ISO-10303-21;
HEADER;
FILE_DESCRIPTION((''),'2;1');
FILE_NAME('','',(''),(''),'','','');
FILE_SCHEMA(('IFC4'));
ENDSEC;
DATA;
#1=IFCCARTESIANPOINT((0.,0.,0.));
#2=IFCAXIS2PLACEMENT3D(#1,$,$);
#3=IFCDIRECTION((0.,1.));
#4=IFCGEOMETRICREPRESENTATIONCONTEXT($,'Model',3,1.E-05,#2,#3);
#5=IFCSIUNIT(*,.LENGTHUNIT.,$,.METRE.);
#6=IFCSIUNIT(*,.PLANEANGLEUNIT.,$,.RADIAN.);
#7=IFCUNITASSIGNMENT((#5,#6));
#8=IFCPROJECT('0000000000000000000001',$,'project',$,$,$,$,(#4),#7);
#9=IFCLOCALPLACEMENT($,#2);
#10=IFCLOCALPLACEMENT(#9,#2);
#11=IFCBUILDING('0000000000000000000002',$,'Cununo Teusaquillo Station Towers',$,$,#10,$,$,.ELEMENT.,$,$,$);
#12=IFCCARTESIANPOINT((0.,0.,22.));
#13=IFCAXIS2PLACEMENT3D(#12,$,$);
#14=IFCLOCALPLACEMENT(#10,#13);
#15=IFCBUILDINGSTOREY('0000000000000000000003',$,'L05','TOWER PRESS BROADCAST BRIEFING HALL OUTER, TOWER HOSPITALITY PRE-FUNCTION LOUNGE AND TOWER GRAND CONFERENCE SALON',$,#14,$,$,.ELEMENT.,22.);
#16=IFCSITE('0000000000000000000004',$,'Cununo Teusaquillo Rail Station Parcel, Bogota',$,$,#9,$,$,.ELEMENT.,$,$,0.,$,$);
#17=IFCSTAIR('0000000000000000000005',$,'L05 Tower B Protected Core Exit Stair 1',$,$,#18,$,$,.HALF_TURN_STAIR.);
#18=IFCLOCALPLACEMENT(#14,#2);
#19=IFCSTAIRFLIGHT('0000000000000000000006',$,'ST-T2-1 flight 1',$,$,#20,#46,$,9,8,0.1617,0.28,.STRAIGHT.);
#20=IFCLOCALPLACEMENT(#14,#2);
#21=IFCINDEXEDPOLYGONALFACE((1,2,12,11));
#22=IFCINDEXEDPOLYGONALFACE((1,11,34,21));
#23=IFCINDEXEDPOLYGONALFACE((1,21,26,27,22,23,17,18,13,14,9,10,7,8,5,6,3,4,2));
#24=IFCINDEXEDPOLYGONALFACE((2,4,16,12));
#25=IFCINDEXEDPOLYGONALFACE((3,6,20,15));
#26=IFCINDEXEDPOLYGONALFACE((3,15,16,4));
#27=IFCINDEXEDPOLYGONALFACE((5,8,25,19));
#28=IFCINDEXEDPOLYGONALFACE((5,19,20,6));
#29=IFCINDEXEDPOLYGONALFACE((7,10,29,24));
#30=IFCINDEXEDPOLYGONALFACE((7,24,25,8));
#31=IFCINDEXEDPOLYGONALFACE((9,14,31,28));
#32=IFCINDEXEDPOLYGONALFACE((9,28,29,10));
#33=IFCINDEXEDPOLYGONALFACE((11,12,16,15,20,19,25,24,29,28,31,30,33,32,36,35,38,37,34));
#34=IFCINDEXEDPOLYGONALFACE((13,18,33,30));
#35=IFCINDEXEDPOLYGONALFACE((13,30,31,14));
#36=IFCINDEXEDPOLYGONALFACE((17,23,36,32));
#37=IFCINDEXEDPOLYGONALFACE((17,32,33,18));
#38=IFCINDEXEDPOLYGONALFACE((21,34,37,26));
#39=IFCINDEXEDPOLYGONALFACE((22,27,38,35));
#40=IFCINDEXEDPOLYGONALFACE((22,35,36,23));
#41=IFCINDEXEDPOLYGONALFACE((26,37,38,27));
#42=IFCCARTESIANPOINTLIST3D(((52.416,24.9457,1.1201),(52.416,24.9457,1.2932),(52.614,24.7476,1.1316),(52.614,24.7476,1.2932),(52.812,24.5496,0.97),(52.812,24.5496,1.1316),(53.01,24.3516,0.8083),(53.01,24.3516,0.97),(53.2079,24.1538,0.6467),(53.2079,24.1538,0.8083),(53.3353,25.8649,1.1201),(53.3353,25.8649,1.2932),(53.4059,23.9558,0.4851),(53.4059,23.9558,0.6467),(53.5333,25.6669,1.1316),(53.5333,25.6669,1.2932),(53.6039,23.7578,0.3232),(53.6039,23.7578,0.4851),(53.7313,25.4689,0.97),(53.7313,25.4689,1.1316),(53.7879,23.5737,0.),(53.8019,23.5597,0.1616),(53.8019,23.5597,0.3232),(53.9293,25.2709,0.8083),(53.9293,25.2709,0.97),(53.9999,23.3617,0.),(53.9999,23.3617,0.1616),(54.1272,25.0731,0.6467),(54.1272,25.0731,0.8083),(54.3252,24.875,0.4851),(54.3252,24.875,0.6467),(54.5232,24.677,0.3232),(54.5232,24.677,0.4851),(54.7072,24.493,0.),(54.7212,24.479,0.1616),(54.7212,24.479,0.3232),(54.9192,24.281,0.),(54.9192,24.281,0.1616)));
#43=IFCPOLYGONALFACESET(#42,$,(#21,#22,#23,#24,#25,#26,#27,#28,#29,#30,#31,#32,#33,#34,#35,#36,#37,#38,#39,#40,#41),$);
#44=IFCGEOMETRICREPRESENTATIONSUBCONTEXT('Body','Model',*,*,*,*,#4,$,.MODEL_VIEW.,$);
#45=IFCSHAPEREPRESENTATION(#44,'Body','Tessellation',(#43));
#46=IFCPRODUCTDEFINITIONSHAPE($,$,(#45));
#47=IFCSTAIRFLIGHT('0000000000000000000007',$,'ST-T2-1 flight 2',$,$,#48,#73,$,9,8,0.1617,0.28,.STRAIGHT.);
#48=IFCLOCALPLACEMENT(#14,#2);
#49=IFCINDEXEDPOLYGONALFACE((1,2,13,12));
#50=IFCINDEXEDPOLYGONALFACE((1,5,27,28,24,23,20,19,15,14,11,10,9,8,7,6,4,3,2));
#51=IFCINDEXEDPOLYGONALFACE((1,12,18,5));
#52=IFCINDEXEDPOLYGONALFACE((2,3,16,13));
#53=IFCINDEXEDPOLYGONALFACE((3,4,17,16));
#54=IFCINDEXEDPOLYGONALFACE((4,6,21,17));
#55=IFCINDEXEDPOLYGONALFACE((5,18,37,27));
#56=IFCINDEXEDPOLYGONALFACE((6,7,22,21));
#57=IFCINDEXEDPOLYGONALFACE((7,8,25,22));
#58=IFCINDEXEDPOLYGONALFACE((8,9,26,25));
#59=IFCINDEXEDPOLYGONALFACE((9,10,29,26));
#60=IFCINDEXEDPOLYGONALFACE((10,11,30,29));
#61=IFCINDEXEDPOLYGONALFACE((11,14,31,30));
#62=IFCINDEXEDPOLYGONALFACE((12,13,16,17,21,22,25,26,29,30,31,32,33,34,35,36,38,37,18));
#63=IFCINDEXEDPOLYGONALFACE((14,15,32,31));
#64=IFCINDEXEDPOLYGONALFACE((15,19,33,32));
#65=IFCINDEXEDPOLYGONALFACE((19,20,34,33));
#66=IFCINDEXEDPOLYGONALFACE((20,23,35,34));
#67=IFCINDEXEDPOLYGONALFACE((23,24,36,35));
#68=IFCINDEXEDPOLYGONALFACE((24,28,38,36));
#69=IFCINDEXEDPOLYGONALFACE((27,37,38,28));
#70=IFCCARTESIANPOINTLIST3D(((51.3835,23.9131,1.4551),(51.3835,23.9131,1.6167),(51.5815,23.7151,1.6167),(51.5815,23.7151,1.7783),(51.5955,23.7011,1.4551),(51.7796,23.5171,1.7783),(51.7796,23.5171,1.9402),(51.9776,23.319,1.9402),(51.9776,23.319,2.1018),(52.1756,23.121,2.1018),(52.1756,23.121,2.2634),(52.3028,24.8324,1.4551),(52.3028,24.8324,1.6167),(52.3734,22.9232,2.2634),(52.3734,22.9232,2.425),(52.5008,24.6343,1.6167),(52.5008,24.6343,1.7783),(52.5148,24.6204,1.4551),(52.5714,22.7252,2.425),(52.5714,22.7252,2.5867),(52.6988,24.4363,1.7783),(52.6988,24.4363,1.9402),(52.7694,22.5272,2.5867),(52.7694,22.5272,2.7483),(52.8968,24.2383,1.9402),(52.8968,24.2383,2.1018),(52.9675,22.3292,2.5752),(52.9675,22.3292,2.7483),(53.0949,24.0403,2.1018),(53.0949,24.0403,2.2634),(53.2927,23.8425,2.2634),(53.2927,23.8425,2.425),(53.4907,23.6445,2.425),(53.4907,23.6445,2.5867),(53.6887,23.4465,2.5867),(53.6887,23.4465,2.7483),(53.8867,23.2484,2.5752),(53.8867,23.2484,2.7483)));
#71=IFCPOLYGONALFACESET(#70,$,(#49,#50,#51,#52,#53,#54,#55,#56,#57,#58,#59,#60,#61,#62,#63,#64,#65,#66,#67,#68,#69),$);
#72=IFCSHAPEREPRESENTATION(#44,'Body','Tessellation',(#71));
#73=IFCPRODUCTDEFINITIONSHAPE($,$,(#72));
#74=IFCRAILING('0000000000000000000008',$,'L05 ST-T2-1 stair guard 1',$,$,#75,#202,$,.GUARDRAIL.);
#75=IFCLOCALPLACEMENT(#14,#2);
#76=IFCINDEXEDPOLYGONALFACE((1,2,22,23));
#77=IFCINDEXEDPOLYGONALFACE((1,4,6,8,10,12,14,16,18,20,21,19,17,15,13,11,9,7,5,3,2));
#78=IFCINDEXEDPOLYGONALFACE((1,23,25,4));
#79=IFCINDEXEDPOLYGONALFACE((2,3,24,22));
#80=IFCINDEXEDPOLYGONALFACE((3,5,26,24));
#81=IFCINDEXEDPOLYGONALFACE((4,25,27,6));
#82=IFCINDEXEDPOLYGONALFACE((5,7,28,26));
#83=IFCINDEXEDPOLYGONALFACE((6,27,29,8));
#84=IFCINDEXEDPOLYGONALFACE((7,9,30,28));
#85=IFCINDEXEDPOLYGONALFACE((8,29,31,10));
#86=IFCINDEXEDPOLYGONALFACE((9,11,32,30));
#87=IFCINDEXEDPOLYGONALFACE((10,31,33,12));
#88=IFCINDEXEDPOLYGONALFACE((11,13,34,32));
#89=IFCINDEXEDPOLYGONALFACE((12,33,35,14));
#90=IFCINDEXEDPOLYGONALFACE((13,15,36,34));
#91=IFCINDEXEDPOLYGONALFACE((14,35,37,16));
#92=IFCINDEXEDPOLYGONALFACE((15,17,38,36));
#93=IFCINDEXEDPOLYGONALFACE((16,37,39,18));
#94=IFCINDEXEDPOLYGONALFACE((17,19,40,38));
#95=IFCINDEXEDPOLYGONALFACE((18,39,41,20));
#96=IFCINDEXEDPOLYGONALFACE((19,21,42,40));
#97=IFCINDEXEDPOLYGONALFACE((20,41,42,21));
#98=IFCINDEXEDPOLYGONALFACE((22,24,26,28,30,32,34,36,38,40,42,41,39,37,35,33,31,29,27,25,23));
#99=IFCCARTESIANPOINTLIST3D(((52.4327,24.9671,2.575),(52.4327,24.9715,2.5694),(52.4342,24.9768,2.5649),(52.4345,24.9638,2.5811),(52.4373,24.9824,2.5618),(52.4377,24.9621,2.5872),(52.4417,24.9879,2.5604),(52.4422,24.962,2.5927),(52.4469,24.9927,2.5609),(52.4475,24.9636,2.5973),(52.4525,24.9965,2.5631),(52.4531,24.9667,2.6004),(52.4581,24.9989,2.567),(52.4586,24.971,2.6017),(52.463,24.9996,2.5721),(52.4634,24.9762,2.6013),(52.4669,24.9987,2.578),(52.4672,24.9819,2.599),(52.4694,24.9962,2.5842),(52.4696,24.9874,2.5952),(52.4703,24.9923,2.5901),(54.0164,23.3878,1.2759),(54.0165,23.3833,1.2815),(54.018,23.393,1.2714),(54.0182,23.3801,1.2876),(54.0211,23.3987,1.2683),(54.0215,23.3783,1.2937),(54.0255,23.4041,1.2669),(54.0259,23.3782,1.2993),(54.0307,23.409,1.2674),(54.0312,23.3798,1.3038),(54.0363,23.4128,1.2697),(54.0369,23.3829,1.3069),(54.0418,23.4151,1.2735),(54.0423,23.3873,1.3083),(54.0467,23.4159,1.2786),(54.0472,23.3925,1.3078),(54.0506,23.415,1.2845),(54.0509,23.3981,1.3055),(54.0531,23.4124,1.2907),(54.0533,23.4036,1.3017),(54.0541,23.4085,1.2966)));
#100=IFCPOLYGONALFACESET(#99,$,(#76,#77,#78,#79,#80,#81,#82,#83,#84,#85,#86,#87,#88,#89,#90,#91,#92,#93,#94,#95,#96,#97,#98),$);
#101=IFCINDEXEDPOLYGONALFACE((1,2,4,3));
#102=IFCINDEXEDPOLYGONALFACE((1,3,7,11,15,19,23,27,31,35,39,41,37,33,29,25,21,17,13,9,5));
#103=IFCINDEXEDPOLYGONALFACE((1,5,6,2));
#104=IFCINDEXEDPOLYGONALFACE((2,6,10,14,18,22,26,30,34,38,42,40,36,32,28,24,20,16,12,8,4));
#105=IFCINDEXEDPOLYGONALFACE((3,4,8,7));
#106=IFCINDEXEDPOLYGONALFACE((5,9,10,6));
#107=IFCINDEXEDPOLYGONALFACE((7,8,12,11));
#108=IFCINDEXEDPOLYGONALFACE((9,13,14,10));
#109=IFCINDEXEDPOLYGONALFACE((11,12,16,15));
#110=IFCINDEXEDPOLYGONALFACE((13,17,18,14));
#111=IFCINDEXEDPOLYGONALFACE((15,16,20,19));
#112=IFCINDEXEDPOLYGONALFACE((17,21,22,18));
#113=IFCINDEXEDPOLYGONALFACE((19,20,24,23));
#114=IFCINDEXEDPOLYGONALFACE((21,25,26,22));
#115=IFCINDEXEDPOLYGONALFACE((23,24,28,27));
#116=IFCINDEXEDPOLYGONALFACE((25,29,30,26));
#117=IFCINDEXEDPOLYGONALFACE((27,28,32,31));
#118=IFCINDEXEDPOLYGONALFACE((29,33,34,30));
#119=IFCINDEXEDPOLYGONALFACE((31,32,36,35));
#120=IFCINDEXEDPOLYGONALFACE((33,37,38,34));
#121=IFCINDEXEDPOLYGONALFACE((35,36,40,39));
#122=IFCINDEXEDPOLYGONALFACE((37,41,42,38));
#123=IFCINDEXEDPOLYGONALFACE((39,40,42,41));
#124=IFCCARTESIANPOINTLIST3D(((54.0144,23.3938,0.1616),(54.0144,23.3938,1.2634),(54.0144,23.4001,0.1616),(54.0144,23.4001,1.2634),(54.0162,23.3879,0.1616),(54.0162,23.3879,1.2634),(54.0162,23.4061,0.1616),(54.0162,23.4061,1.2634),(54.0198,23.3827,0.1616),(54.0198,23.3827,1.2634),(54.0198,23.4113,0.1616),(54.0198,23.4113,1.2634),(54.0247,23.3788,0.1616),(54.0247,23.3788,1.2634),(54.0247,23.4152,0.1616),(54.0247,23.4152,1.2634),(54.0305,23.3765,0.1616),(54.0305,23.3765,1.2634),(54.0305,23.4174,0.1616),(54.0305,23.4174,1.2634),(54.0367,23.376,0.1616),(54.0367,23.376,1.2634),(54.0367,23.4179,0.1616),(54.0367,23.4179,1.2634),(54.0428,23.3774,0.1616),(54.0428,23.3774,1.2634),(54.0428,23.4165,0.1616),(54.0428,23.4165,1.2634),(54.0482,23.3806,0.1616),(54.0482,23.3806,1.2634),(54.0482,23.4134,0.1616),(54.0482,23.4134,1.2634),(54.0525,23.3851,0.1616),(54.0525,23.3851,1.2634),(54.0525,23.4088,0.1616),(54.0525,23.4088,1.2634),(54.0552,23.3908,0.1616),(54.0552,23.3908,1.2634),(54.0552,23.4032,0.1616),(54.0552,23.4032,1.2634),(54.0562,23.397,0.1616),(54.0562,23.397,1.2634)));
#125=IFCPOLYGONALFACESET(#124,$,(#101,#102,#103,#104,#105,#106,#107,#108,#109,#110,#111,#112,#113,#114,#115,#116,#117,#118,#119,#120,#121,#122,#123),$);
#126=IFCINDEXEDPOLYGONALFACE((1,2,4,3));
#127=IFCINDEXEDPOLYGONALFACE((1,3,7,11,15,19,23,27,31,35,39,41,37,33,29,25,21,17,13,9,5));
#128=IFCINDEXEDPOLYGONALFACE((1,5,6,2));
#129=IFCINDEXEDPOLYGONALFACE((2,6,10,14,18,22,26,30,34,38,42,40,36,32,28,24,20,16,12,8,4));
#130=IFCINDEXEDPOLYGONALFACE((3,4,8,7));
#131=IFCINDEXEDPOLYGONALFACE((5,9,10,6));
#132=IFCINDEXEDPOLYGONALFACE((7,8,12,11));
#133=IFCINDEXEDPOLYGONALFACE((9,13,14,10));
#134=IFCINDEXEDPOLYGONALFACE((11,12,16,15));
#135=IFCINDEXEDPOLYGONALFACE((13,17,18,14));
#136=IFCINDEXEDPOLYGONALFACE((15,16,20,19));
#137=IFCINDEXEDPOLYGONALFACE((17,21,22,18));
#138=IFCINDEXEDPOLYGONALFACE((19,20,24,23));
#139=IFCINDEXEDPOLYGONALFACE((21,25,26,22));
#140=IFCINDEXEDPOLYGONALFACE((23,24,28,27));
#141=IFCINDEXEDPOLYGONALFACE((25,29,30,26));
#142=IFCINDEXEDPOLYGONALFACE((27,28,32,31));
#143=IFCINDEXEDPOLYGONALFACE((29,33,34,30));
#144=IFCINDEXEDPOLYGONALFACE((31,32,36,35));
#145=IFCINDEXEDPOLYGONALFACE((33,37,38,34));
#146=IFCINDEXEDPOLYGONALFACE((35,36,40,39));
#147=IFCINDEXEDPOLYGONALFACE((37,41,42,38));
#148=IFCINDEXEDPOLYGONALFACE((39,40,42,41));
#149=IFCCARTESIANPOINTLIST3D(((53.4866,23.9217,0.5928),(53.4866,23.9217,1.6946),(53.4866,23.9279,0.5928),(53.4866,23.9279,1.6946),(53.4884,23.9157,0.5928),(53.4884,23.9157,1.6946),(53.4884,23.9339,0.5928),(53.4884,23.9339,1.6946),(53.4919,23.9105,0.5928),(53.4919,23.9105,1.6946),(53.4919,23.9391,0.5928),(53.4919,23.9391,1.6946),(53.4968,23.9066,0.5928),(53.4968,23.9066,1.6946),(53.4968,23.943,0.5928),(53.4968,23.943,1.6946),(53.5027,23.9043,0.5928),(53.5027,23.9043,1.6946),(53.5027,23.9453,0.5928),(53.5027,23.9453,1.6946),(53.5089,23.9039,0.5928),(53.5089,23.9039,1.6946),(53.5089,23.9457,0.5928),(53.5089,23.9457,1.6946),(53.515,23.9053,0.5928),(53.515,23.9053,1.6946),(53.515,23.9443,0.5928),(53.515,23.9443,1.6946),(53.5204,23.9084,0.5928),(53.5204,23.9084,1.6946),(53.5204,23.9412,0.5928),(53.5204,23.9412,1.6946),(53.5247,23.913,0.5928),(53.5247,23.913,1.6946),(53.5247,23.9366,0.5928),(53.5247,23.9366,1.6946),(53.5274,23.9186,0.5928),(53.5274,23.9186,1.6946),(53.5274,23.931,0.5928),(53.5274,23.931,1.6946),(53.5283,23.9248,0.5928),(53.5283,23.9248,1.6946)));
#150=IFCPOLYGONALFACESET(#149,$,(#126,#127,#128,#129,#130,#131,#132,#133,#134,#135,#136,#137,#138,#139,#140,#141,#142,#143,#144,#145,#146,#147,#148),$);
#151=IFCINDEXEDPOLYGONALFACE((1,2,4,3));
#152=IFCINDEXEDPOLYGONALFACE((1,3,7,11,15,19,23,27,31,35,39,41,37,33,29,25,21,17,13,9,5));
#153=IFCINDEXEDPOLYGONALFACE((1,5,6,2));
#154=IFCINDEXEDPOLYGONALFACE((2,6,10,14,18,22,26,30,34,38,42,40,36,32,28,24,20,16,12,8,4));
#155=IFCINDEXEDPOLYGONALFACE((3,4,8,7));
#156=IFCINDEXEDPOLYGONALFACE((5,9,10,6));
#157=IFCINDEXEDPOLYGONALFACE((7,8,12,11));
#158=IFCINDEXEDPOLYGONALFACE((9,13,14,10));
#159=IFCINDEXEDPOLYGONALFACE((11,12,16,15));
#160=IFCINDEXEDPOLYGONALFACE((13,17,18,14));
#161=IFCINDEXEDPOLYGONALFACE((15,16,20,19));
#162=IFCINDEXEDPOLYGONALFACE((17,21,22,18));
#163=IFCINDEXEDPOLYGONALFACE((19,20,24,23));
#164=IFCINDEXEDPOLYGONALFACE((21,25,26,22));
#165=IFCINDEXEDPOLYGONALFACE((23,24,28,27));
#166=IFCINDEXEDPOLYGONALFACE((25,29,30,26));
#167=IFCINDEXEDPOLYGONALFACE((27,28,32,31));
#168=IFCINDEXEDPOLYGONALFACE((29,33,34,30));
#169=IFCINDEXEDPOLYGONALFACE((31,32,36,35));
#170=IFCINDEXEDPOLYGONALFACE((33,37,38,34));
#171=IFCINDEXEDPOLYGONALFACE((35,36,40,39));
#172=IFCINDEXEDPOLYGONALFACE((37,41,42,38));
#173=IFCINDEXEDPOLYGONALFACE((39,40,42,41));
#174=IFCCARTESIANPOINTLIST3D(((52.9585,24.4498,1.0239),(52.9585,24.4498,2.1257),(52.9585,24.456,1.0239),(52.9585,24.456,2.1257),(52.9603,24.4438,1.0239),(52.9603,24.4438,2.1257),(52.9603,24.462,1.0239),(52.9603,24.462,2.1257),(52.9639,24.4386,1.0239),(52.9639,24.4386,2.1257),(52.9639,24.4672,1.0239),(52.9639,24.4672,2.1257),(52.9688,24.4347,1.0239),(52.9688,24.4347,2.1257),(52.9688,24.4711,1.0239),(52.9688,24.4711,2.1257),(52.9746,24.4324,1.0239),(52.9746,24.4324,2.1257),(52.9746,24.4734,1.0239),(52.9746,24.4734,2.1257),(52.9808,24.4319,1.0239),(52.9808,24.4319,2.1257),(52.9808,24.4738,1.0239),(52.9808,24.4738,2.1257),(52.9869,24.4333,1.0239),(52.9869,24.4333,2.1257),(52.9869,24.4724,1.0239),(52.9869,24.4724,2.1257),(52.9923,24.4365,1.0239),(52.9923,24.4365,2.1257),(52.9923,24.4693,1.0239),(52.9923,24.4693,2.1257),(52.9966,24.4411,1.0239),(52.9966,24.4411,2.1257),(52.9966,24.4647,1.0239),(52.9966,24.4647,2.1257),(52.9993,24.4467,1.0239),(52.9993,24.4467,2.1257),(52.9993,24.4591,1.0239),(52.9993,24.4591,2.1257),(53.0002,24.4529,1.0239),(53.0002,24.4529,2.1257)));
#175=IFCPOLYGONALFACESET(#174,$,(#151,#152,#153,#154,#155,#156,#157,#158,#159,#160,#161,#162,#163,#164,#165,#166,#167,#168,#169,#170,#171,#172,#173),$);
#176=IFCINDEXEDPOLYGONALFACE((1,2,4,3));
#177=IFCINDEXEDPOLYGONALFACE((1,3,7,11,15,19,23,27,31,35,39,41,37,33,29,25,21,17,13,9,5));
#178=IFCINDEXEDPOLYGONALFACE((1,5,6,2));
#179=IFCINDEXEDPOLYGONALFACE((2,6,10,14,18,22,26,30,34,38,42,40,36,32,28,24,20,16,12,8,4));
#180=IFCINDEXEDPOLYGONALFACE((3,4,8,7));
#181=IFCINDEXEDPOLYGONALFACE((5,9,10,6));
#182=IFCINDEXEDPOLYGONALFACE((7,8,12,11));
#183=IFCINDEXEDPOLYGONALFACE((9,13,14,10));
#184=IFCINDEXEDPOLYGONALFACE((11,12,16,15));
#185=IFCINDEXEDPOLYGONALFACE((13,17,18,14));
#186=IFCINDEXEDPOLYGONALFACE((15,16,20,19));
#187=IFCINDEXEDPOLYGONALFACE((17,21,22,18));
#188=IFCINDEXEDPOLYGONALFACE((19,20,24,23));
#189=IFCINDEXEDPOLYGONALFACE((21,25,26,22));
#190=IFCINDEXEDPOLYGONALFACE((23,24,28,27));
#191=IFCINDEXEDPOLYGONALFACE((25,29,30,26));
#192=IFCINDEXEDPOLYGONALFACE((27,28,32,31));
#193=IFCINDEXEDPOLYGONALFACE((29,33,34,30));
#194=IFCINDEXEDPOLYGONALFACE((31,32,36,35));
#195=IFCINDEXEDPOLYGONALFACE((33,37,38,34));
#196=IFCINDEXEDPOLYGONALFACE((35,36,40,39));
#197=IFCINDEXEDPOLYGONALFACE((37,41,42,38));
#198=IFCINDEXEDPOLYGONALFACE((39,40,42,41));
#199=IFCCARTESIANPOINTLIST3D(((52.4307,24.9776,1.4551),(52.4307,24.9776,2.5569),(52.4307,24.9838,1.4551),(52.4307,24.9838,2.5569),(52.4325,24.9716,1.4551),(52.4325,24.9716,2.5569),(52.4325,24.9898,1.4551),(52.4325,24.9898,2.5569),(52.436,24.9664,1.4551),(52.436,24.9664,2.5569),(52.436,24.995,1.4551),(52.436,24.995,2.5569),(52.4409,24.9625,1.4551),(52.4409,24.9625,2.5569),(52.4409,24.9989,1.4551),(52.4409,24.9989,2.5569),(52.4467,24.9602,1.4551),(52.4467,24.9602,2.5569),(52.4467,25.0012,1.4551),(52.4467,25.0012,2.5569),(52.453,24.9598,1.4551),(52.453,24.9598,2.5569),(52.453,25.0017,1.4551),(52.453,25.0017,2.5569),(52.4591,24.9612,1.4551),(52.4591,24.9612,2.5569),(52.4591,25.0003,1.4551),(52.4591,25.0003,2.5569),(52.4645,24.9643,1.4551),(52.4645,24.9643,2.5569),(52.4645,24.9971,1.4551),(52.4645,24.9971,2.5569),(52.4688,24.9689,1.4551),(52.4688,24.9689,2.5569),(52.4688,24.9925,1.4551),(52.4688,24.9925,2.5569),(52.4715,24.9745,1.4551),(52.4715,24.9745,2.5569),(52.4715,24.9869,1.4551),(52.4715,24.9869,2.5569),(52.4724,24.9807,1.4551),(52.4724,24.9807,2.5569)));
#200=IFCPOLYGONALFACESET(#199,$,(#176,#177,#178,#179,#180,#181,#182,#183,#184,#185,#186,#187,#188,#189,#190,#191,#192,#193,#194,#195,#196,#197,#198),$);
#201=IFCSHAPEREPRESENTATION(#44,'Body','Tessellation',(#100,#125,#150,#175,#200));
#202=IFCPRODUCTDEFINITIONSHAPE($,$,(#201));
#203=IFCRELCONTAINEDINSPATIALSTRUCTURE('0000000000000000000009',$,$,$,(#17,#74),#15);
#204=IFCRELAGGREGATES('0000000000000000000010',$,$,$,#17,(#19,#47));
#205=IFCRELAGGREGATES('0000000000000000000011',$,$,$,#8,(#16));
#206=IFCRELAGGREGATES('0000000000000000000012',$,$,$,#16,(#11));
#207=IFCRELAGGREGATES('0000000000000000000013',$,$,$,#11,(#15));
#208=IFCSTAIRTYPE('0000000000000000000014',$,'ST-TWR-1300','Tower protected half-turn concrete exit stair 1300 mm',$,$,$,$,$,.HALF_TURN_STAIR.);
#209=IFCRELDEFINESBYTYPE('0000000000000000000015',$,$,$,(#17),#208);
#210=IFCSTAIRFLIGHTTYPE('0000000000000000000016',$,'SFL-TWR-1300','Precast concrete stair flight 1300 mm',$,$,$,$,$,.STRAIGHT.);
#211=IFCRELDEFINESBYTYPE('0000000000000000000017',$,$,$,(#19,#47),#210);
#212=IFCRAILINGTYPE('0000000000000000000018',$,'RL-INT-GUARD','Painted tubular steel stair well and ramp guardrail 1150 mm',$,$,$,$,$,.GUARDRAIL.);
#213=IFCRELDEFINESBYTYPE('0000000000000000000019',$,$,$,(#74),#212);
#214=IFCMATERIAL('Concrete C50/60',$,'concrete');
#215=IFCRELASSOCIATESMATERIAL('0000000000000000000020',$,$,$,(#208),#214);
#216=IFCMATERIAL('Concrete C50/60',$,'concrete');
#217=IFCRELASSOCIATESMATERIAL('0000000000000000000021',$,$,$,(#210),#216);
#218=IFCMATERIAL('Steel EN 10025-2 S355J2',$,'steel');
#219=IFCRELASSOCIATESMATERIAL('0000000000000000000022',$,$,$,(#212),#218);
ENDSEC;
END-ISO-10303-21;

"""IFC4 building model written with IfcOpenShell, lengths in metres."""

from ifc_helpers import new_model, si_unit, direction, frame, origin, origin_2d, place, context, subcontext, project, spatial, polyline, circle, outline, extrude, material, type_object, element, aggregate, save


model = new_model("IFC4")

# Units and contexts
model_context = context("Model", 3, precision=1e-05, world=origin(), true_north=direction((0.0, 1.0)))
body_context = subcontext(model_context, "Body", "Model", "MODEL_VIEW")
ifc_project = project(units=[si_unit("LENGTHUNIT", "METRE"), si_unit("PLANEANGLEUNIT", "RADIAN")], contexts=[model_context])

# Site, building, storey
site_placement = place(None, origin())
site = spatial("IfcSite", under=ifc_project, at=site_placement, Name="Cununo Teusaquillo Rail Station Parcel, Bogota", CompositionType="ELEMENT", RefElevation=0.0)
building_placement = place(site_placement, origin())
building = spatial("IfcBuilding", under=site, at=building_placement, Name="Cununo Teusaquillo Station Towers", CompositionType="ELEMENT")
storey_placement = place(building_placement, frame((0.0, 0.0, 22.0)))
storey = spatial("IfcBuildingStorey", under=building, at=storey_placement, Name="L05", Description="TOWER PRESS BROADCAST BRIEFING HALL OUTER, TOWER HOSPITALITY PRE-FUNCTION LOUNGE AND TOWER GRAND CONFERENCE SALON", CompositionType="ELEMENT", Elevation=22.0)

# Stair, stair flights
ifc_material_1 = material(Name="Concrete C50/60", Category="concrete")
stair_type = type_object("IfcStairType", Name="ST-TWR-1300", Description="Tower protected half-turn concrete exit stair 1300 mm", PredefinedType="HALF_TURN_STAIR", material=ifc_material_1)
stair_placement = place(storey_placement, origin())
stair = element("IfcStair", 1, at=stair_placement, inside=storey, type_object=stair_type, Name="L05 Tower B Protected Core Exit Stair 1", PredefinedType="HALF_TURN_STAIR")
ifc_material_2 = material(Name="Concrete C50/60", Category="concrete")
stair_flight_type = type_object("IfcStairFlightType", Name="SFL-TWR-1300", Description="Precast concrete stair flight 1300 mm", PredefinedType="STRAIGHT", material=ifc_material_2)
stair_flight_1_placement = place(storey_placement, frame((54.4595, 23.8213, 0.0), z_axis=(0.0, 0.0, 1.0), x_axis=(-0.707107, 0.707107, 0.0)))
stair_flight_1 = element("IfcStairFlight", 2, at=stair_flight_1_placement, type_object=stair_flight_type, Name="ST-T2-1 flight 1", NumberOfRisers=9, NumberOfTreads=8, PredefinedType="STRAIGHT", RiserHeight=0.1617, TreadLength=0.28, context=body_context, shape_type="SweptSolid", body=[
    extrude(outline(polyline([(0.0, 0.0), (0.0, 0.1616), (0.28, 0.1616), (0.28, 0.3232), (0.5601, 0.3232), (0.5601, 0.4851), (0.8401, 0.4851), (0.8401, 0.6467), (1.1201, 0.6467), (1.1201, 0.8083), (1.3999, 0.8083), (1.3999, 0.97), (1.6799, 0.97), (1.6799, 1.1316), (1.96, 1.1316), (1.96, 1.2932), (2.24, 1.2932), (2.24, 1.4551), (2.24, 1.1201), (0.2998, 0.0), (0.0, 0.0)])), frame((0.0, 0.6499, 0.0), z_axis=(0.0, -1.0, 0.0), x_axis=(1.0, 0.0, 0.0)), (0.0, 0.0, 1.0), 1.3),
])
stair_flight_2_placement = place(storey_placement, frame((51.8433, 24.3728, 1.4551), z_axis=(0.0, 0.0, 1.0), x_axis=(0.707107, -0.707107, 0.0)))
stair_flight_2 = element("IfcStairFlight", 3, at=stair_flight_2_placement, type_object=stair_flight_type, Name="ST-T2-1 flight 2", NumberOfRisers=9, NumberOfTreads=8, PredefinedType="STRAIGHT", RiserHeight=0.1617, TreadLength=0.28, context=body_context, shape_type="SweptSolid", body=[
    extrude(outline(polyline([(0.0, 0.0), (0.0, 0.1616), (0.28, 0.1616), (0.28, 0.3232), (0.5601, 0.3232), (0.5601, 0.4851), (0.8401, 0.4851), (0.8401, 0.6467), (1.1201, 0.6467), (1.1201, 0.8083), (1.3999, 0.8083), (1.3999, 0.97), (1.6799, 0.97), (1.6799, 1.1316), (1.96, 1.1316), (1.96, 1.2932), (2.24, 1.2932), (2.24, 1.4551), (2.24, 1.1201), (0.2998, 0.0), (0.0, 0.0)])), frame((0.0, 0.6499, 0.0), z_axis=(0.0, -1.0, 0.0), x_axis=(1.0, 0.0, 0.0)), (0.0, 0.0, 1.0), 1.3),
])
aggregate(stair, [stair_flight_1, stair_flight_2])

# Railing
ifc_material_3 = material(Name="Steel EN 10025-2 S355J2", Category="steel")
railing_type_1 = type_object("IfcRailingType", Name="RL-INT-GUARD", Description="Painted tubular steel stair well and ramp guardrail 1150 mm", PredefinedType="GUARDRAIL", material=ifc_material_3)
railing_1_placement = place(storey_placement, frame((54.0352, 23.397, 0.1616)))
element("IfcRailing", 4, at=railing_1_placement, inside=storey, type_object=railing_type_1, Name="L05 ST-T2-1 stair guard 1", PredefinedType="GUARDRAIL", context=body_context, shape_type="SweptSolid", body=[
    extrude(circle(Radius=0.0239, at=origin_2d()), frame((0.0, 0.0, 1.126), z_axis=(-0.612332, 0.612332, 0.500098), x_axis=(-0.707107, -0.707107, 0.0)), (0.0, 0.0, 1.0), 2.5864),
    extrude(circle(Radius=0.021, at=origin_2d()), origin(), (0.0, 0.0, 1.0), 1.1018),
    extrude(circle(Radius=0.021, at=origin_2d()), frame((-0.5278, 0.5278, 0.4312)), (0.0, 0.0, 1.0), 1.1018),
    extrude(circle(Radius=0.021, at=origin_2d()), frame((-1.0559, 1.0559, 0.8623)), (0.0, 0.0, 1.0), 1.1018),
    extrude(circle(Radius=0.021, at=origin_2d()), frame((-1.5837, 1.5837, 1.2935)), (0.0, 0.0, 1.0), 1.1018),
])

save(model, "model.ifc")
